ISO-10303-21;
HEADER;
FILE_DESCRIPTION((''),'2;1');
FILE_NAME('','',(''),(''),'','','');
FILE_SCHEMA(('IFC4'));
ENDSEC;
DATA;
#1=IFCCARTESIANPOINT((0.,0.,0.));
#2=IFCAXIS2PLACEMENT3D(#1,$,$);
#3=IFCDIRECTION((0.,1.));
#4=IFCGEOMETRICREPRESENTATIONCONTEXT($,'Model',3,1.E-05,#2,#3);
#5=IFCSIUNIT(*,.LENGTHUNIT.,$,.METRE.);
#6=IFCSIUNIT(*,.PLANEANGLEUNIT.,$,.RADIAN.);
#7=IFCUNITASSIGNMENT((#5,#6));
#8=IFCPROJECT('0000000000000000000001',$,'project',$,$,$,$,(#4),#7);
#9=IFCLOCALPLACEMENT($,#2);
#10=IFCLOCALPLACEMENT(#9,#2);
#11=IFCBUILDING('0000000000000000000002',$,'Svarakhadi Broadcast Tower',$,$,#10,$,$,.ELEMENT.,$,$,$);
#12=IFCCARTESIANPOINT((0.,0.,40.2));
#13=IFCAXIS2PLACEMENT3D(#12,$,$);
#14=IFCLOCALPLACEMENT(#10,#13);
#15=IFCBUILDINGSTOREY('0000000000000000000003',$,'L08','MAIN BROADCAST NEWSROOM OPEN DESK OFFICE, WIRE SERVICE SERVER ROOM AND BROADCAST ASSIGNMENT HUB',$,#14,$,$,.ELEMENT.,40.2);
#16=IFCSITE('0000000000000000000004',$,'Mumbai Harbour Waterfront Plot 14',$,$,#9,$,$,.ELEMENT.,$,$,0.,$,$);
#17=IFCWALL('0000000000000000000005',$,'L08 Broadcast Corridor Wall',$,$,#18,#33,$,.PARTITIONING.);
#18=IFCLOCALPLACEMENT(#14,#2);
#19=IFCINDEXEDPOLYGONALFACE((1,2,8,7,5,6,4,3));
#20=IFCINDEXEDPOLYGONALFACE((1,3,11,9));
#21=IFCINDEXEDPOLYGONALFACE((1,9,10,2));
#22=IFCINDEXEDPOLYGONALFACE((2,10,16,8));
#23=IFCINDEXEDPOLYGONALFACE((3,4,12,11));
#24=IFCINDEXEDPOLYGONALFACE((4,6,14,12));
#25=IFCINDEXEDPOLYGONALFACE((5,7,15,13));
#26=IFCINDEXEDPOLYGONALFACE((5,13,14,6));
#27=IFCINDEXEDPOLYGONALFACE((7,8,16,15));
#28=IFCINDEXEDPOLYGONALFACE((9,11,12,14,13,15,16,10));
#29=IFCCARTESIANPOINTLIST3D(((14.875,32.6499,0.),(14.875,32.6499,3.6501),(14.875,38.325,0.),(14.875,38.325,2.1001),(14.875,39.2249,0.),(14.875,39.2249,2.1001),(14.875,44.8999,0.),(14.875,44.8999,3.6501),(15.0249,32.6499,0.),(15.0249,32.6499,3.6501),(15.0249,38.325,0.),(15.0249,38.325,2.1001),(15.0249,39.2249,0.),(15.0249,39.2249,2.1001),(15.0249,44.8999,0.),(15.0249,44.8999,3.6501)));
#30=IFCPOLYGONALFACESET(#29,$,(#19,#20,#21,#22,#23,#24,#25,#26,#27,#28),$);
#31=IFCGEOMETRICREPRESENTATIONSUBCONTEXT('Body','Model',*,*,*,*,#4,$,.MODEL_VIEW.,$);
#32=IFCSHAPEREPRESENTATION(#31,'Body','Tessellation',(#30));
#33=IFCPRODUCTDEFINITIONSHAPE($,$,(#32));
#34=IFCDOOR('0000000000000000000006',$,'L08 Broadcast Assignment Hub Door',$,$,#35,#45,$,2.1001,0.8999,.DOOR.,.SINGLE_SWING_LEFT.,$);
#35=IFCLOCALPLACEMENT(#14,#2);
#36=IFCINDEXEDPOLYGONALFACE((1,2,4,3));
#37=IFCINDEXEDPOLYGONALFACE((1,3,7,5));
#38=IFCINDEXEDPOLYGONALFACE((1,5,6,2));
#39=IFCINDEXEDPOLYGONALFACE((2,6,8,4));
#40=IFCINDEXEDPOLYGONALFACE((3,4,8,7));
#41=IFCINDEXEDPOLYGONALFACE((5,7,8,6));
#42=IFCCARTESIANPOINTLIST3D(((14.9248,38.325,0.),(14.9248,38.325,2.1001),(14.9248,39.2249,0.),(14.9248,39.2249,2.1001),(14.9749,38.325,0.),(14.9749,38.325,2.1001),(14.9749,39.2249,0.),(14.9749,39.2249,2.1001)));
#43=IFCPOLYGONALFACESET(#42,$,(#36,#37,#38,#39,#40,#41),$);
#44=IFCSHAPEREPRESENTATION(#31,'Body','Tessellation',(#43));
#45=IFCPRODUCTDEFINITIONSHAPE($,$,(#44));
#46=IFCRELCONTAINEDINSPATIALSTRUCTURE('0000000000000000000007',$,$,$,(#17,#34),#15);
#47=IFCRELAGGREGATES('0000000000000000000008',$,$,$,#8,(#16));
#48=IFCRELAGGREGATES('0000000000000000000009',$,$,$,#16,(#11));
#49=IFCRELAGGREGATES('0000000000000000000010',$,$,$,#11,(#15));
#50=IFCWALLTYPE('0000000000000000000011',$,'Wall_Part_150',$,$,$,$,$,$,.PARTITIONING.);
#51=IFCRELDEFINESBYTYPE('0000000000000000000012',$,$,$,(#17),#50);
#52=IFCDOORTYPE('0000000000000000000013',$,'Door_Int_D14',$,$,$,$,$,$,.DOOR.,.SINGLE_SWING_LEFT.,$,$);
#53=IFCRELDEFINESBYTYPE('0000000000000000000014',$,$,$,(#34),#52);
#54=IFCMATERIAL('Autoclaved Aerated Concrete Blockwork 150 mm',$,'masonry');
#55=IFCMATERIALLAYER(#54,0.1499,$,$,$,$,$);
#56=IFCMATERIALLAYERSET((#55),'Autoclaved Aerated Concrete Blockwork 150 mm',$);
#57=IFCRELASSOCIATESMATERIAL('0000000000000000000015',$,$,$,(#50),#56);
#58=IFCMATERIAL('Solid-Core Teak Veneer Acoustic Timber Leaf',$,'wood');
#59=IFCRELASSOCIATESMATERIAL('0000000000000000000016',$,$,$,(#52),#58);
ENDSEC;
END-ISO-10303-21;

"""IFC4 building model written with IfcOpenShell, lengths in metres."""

from ifc_helpers import new_model, si_unit, direction, frame, frame_2d, origin, place, context, subcontext, project, spatial, rectangle, extrude, material, layer, layer_set, type_object, element, fill, save


model = new_model("IFC4")

# Units and contexts
model_context = context("Model", 3, precision=1e-05, world=origin(), true_north=direction((0.0, 1.0)))
body_context = subcontext(model_context, "Body", "Model", "MODEL_VIEW")
ifc_project = project(units=[si_unit("LENGTHUNIT", "METRE"), si_unit("PLANEANGLEUNIT", "RADIAN")], contexts=[model_context])

# Site, building, storey
site_placement = place(None, origin())
site = spatial("IfcSite", under=ifc_project, at=site_placement, Name="Mumbai Harbour Waterfront Plot 14", CompositionType="ELEMENT", RefElevation=0.0)
building_placement = place(site_placement, origin())
building = spatial("IfcBuilding", under=site, at=building_placement, Name="Svarakhadi Broadcast Tower", CompositionType="ELEMENT")
storey_placement = place(building_placement, frame((0.0, 0.0, 40.2)))
storey = spatial("IfcBuildingStorey", under=building, at=storey_placement, Name="L08", Description="MAIN BROADCAST NEWSROOM OPEN DESK OFFICE, WIRE SERVICE SERVER ROOM AND BROADCAST ASSIGNMENT HUB", CompositionType="ELEMENT", Elevation=40.2)

# Shared definitions
ifc_material_1 = material(Name="Autoclaved Aerated Concrete Blockwork 150 mm", Category="masonry")
ifc_layer_1 = layer(ifc_material_1, 0.1499)
ifc_layer_set_1 = layer_set([ifc_layer_1], Name="Autoclaved Aerated Concrete Blockwork 150 mm")
wall_type_1 = type_object("IfcWallType", Name="Wall_Part_150", PredefinedType="PARTITIONING", material=ifc_layer_set_1)

# Wall, opening, door
wall_1_placement = place(storey_placement, frame((14.95, 44.8999, 0.0), z_axis=(0.0, 0.0, 1.0), x_axis=(0.0, -1.0, 0.0)))
wall_1 = element("IfcWall", 1, at=wall_1_placement, inside=storey, type_object=wall_type_1, Name="L08 Broadcast Corridor Wall", PredefinedType="PARTITIONING", context=body_context, shape_type="SweptSolid", body=[
    extrude(rectangle(XDim=12.25, YDim=0.1499, at=frame_2d((6.125, 0.0))), origin(), (0.0, 0.0, 1.0), 3.6501),
])
opening_placement = place(wall_1_placement, frame((5.675, 0.0, 0.0)))
opening = element("IfcOpeningElement", 2, at=opening_placement, cuts=wall_1, PredefinedType="OPENING", context=body_context, shape_type="SweptSolid", body=[
    extrude(rectangle(XDim=0.8999, YDim=2.1001, at=frame_2d((0.45, 1.05))), frame((0.0, 0.085, 0.0), z_axis=(0.0, -1.0, 0.0), x_axis=(1.0, 0.0, 0.0)), (0.0, 0.0, 1.0), 0.1699),
])
ifc_material_2 = material(Name="Solid-Core Teak Veneer Acoustic Timber Leaf", Category="wood")
door_type = type_object("IfcDoorType", Name="Door_Int_D14", OperationType="SINGLE_SWING_LEFT", PredefinedType="DOOR", material=ifc_material_2)
door_placement = place(opening_placement, origin())
door = element("IfcDoor", 3, at=door_placement, inside=storey, type_object=door_type, Name="L08 Broadcast Assignment Hub Door", OperationType="SINGLE_SWING_LEFT", OverallHeight=2.1001, OverallWidth=0.8999, PredefinedType="DOOR", context=body_context, shape_type="SweptSolid", body=[
    extrude(rectangle(XDim=0.8999, YDim=2.1001, at=frame_2d((0.45, 1.05))), frame((0.0, 0.0249, 0.0), z_axis=(0.0, -1.0, 0.0), x_axis=(1.0, 0.0, 0.0)), (0.0, 0.0, 1.0), 0.05),
])
fill(opening, door)

save(model, "model.ifc")
